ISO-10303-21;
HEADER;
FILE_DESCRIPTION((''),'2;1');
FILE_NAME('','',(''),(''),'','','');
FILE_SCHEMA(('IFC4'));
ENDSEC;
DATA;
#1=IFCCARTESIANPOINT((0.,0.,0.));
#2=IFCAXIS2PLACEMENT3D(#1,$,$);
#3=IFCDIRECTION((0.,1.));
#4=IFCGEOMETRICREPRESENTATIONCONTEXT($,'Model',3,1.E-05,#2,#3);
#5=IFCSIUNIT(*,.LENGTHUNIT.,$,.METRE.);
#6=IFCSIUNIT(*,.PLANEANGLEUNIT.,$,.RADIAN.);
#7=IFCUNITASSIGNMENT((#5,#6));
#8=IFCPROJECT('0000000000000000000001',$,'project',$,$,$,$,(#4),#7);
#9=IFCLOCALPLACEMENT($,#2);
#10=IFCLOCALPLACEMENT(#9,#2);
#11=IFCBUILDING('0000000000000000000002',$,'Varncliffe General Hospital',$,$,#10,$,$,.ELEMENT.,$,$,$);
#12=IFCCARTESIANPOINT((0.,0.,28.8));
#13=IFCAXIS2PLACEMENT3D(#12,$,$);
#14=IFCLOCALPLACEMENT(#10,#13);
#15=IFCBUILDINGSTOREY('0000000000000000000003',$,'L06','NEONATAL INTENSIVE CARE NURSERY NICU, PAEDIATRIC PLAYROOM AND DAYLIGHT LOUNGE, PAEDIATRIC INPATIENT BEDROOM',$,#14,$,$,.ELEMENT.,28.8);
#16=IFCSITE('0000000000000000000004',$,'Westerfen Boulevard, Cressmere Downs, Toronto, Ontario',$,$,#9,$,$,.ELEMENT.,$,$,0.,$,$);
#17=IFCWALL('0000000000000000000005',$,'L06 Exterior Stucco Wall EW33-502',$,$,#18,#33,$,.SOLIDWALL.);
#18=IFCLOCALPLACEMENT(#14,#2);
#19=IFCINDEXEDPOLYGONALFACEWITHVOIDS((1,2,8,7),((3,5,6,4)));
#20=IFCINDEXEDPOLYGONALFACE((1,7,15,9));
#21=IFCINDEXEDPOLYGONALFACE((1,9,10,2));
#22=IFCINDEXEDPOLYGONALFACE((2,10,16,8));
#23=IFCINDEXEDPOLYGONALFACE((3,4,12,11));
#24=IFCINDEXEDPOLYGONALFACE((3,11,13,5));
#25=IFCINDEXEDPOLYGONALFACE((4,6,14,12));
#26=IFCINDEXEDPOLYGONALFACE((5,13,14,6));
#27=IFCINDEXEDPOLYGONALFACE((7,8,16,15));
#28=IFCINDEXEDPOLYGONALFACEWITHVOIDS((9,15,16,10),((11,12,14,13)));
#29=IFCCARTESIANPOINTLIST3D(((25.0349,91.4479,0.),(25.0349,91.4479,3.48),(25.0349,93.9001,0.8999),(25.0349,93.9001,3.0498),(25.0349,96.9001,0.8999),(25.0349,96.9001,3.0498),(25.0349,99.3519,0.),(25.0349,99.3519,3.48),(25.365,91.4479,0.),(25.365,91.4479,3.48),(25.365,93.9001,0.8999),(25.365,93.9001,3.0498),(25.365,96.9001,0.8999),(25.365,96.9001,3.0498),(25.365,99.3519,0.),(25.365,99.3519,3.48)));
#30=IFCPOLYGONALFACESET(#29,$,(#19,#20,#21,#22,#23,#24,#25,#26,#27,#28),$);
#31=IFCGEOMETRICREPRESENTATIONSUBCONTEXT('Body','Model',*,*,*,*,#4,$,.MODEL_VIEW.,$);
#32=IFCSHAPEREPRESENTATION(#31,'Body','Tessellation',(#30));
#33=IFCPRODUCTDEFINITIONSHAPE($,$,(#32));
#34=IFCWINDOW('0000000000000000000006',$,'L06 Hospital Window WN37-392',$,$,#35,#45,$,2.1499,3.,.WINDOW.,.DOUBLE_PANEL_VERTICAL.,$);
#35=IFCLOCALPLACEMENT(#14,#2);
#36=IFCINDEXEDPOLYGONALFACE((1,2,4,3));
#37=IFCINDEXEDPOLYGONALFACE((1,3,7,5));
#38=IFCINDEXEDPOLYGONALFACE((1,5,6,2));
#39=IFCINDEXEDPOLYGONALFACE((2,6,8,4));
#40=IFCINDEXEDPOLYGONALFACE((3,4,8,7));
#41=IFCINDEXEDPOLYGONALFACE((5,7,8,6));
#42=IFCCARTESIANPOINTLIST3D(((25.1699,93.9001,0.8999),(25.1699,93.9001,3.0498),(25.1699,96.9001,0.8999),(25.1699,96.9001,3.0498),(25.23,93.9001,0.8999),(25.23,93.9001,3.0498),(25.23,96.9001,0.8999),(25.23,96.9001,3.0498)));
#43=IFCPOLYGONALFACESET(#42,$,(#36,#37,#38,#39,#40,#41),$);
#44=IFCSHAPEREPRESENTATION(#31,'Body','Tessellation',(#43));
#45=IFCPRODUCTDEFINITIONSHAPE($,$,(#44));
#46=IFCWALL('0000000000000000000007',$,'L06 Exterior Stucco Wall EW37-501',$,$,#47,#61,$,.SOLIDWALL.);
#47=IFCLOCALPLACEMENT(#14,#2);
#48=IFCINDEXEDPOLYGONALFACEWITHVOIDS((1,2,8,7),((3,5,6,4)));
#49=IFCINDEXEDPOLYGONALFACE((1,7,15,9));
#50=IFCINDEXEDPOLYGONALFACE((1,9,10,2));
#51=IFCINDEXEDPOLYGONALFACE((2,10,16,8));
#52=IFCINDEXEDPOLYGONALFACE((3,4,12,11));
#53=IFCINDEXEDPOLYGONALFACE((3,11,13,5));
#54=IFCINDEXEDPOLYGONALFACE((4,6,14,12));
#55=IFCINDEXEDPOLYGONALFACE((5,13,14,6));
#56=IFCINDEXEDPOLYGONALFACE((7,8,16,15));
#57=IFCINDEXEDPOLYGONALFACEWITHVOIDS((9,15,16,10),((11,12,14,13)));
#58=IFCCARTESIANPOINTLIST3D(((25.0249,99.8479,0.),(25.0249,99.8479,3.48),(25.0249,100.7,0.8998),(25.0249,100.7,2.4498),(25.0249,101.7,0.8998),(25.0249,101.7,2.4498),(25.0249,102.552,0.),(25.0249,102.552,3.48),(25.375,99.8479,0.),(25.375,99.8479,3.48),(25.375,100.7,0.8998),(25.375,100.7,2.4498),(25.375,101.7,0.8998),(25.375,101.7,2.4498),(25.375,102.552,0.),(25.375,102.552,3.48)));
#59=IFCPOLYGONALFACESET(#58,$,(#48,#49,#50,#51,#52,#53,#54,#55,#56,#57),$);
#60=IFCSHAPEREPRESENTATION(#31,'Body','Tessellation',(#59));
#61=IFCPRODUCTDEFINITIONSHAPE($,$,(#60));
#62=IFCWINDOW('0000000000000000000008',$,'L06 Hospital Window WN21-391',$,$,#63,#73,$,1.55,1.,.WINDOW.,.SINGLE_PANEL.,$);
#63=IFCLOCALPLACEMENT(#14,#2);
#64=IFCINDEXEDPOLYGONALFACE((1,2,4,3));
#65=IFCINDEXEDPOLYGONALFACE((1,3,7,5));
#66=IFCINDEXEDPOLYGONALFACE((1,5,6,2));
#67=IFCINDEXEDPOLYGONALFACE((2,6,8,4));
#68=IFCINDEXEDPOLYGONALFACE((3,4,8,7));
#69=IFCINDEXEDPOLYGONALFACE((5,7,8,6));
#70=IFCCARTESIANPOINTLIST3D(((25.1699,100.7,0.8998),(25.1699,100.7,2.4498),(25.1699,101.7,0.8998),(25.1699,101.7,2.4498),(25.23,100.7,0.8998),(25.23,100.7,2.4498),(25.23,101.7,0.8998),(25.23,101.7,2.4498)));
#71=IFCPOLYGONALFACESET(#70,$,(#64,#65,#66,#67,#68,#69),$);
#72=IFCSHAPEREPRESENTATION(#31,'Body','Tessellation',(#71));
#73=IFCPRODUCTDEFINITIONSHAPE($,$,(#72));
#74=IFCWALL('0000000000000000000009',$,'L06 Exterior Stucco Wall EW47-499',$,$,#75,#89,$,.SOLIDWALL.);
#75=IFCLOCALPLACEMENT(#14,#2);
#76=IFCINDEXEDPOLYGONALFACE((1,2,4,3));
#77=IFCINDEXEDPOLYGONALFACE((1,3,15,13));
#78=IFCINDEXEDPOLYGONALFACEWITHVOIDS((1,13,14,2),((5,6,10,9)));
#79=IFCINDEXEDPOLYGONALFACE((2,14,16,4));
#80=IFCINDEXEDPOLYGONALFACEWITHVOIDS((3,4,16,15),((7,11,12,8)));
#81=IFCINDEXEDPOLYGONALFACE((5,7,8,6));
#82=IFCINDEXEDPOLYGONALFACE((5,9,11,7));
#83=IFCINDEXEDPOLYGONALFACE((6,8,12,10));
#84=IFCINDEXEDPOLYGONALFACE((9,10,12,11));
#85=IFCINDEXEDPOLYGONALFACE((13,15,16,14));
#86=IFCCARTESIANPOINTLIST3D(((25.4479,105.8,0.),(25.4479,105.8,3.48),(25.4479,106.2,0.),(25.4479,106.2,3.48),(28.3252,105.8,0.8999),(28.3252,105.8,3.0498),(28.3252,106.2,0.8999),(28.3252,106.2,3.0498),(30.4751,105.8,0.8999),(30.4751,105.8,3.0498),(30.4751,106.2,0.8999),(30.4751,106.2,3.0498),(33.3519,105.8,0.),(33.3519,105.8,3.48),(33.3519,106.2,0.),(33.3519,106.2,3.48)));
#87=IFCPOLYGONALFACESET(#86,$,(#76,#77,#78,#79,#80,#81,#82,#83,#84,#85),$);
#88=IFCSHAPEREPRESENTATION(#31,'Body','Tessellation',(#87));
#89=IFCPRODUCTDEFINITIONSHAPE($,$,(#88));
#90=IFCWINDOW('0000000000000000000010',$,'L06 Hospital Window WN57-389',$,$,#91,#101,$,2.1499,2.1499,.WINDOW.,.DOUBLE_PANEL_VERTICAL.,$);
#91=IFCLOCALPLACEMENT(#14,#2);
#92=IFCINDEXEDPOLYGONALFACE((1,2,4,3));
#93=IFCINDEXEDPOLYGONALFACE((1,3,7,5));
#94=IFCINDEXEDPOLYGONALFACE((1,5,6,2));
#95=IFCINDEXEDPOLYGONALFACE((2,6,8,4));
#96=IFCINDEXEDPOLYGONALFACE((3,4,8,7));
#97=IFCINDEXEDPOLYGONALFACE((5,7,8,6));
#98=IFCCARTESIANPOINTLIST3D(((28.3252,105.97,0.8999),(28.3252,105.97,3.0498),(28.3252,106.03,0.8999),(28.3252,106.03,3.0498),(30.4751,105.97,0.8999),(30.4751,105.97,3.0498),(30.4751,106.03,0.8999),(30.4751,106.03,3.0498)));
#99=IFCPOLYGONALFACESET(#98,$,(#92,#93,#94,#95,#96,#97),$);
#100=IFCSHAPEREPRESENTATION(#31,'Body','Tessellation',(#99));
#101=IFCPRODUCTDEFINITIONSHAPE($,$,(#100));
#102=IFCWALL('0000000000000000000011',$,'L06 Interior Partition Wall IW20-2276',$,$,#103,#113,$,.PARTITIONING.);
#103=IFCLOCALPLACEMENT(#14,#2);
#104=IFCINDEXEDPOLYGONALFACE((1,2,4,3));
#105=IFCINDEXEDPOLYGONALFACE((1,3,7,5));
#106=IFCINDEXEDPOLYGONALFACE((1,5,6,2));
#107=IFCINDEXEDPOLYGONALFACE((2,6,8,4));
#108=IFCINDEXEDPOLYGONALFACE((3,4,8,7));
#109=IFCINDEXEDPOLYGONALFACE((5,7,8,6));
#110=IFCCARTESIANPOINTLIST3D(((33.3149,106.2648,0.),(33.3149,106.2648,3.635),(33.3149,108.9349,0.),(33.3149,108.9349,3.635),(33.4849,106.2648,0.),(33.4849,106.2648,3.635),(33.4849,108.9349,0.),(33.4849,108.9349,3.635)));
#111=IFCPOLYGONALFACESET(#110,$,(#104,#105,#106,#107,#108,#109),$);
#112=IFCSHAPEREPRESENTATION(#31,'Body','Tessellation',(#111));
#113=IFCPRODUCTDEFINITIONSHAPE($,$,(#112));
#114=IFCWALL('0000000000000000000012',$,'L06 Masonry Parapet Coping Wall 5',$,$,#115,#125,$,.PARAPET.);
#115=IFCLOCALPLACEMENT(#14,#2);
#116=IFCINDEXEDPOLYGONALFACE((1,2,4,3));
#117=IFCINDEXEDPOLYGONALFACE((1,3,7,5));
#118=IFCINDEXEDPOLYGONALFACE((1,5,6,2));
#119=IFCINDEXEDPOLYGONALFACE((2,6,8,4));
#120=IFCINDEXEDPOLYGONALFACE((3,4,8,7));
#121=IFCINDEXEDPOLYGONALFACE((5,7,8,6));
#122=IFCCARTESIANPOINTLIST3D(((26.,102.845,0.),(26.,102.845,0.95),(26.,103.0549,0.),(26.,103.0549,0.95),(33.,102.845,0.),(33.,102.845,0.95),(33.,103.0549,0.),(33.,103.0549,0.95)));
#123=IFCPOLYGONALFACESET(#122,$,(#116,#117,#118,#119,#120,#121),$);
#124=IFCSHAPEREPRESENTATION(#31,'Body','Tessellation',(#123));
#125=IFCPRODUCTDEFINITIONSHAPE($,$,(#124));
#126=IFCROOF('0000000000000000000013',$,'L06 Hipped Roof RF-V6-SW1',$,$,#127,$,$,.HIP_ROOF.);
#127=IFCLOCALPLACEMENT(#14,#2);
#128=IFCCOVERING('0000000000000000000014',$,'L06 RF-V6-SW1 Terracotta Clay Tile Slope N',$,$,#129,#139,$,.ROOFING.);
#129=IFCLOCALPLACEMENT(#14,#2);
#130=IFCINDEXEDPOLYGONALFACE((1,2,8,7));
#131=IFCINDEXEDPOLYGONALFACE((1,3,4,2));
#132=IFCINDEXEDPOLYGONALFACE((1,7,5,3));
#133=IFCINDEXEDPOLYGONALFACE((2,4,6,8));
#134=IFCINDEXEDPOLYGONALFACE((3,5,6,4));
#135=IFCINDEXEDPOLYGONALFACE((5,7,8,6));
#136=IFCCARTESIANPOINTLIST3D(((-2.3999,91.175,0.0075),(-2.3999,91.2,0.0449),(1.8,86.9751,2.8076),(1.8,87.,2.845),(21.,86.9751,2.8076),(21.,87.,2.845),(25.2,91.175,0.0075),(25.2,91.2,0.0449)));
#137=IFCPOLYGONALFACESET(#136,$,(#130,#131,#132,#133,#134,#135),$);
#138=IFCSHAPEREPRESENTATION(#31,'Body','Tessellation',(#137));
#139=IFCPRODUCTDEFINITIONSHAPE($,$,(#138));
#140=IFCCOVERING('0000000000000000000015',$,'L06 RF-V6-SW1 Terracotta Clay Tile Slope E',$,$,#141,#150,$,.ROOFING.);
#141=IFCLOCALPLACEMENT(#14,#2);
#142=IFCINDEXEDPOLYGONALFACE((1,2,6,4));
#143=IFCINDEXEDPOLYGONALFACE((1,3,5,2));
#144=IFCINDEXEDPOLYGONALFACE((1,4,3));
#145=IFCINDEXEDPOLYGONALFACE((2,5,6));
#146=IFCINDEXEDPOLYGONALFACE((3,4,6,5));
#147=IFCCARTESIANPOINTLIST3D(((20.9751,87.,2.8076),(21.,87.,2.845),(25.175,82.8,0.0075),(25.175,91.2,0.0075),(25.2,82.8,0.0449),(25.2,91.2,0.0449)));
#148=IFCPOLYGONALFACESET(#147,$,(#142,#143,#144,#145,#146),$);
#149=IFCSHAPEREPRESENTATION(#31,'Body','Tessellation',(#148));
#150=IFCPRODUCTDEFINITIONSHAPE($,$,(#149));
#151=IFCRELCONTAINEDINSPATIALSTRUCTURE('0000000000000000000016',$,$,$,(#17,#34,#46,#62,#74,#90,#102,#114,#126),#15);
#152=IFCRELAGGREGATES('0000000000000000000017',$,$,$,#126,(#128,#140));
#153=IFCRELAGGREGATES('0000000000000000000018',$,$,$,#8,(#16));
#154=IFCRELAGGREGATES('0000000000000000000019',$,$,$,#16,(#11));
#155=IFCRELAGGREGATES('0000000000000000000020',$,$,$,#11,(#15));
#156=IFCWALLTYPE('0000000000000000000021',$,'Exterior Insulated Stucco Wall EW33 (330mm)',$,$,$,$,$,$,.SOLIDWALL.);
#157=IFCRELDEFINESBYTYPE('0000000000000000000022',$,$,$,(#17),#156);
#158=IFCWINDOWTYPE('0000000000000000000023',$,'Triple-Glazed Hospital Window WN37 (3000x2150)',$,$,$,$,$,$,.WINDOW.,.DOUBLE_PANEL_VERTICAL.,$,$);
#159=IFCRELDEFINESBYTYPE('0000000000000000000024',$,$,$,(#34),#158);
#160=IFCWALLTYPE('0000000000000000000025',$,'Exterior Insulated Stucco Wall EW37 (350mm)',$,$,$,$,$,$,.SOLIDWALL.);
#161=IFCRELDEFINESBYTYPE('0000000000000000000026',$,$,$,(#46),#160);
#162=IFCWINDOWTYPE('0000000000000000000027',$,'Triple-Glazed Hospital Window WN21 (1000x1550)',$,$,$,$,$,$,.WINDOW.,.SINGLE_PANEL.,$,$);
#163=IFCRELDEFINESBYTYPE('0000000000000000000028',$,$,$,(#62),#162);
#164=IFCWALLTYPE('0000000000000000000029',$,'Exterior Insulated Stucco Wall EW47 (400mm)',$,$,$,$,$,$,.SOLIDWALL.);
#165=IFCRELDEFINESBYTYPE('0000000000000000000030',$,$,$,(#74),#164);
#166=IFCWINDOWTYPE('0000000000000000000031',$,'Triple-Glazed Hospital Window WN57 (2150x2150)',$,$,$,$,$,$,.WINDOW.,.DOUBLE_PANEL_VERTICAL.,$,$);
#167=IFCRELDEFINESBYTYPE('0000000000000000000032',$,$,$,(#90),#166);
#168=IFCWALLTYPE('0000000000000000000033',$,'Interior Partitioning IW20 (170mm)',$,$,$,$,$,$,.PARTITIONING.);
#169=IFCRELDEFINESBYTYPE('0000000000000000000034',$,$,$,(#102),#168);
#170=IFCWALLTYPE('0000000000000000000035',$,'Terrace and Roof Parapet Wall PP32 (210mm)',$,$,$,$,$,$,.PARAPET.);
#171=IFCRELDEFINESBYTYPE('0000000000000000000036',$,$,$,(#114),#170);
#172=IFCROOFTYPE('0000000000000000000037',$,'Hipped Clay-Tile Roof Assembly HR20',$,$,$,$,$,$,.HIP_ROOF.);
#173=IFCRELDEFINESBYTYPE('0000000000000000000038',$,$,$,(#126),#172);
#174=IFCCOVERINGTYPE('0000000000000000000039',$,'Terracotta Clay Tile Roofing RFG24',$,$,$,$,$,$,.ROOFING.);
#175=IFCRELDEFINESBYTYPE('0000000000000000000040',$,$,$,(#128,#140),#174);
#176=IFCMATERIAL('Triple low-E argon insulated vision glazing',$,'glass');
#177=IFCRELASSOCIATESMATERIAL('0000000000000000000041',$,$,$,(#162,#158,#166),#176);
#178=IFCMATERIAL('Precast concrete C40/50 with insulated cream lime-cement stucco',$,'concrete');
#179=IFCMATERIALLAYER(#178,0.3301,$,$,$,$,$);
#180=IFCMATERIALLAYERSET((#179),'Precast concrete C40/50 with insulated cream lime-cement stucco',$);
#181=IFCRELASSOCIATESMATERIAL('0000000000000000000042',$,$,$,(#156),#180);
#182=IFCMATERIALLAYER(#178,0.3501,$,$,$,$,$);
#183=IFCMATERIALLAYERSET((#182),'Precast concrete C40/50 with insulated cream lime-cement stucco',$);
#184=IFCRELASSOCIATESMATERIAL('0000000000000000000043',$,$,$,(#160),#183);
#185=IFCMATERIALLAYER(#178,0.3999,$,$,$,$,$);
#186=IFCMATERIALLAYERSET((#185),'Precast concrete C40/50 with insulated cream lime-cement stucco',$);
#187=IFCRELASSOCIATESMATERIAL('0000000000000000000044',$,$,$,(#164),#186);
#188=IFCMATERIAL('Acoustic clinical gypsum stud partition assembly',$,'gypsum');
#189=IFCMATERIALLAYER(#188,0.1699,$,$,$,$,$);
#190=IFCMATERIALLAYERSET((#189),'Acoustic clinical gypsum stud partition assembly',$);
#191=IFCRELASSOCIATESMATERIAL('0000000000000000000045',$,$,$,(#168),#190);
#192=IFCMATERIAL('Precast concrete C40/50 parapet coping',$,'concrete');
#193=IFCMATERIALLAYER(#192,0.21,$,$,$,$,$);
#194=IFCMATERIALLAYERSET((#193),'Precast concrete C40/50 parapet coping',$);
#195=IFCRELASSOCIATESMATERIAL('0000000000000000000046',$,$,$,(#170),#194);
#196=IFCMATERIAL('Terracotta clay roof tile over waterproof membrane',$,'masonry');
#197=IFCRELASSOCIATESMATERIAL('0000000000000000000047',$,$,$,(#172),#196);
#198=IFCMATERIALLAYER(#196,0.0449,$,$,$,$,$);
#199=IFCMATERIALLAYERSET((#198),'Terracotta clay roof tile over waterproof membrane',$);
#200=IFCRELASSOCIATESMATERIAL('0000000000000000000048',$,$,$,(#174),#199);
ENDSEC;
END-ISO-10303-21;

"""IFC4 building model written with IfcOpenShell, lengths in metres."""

from ifc_helpers import new_model, si_unit, direction, frame, frame_2d, origin, place, context, subcontext, project, spatial, polyline, rectangle, outline, extrude, material, layer, layer_set, type_object, element, fill, aggregate, save


model = new_model("IFC4")

# Units and contexts
model_context = context("Model", 3, precision=1e-05, world=origin(), true_north=direction((0.0, 1.0)))
body_context = subcontext(model_context, "Body", "Model", "MODEL_VIEW")
ifc_project = project(units=[si_unit("LENGTHUNIT", "METRE"), si_unit("PLANEANGLEUNIT", "RADIAN")], contexts=[model_context])

# Site, building, storey
site_placement = place(None, origin())
site = spatial("IfcSite", under=ifc_project, at=site_placement, Name="Westerfen Boulevard, Cressmere Downs, Toronto, Ontario", CompositionType="ELEMENT", RefElevation=0.0)
building_placement = place(site_placement, origin())
building = spatial("IfcBuilding", under=site, at=building_placement, Name="Varncliffe General Hospital", CompositionType="ELEMENT")
storey_placement = place(building_placement, frame((0.0, 0.0, 28.8)))
storey = spatial("IfcBuildingStorey", under=building, at=storey_placement, Name="L06", Description="NEONATAL INTENSIVE CARE NURSERY NICU, PAEDIATRIC PLAYROOM AND DAYLIGHT LOUNGE, PAEDIATRIC INPATIENT BEDROOM", CompositionType="ELEMENT", Elevation=28.8)

# Walls, openings, windows
ifc_material_1 = material(Name="Precast concrete C40/50 with insulated cream lime-cement stucco", Category="concrete")
ifc_material_2 = material(Name="Triple low-E argon insulated vision glazing", Category="glass")
window_type_1 = type_object("IfcWindowType", Name="Triple-Glazed Hospital Window WN21 (1000x1550)", PartitioningType="SINGLE_PANEL", PredefinedType="WINDOW", material=ifc_material_2)
ifc_layer_1 = layer(ifc_material_1, 0.3301)
ifc_layer_set_1 = layer_set([ifc_layer_1], Name="Precast concrete C40/50 with insulated cream lime-cement stucco")
wall_type_1 = type_object("IfcWallType", Name="Exterior Insulated Stucco Wall EW33 (330mm)", PredefinedType="SOLIDWALL", material=ifc_layer_set_1)
wall_1_placement = place(storey_placement, frame((25.2, 99.3521, 0.0), z_axis=(0.0, 0.0, 1.0), x_axis=(0.0, -1.0, 0.0)))
wall_1 = element("IfcWall", 1, at=wall_1_placement, inside=storey, type_object=wall_type_1, Name="L06 Exterior Stucco Wall EW33-502", PredefinedType="SOLIDWALL", context=body_context, shape_type="SweptSolid", body=[
    extrude(rectangle(XDim=7.9041, YDim=0.3301, at=frame_2d((3.9521, 0.0))), origin(), (0.0, 0.0, 1.0), 3.48),
])
opening_1_placement = place(wall_1_placement, frame((2.4519, 0.0, 0.8999)))
opening_1 = element("IfcOpeningElement", 2, at=opening_1_placement, cuts=wall_1, PredefinedType="OPENING", context=body_context, shape_type="SweptSolid", body=[
    extrude(rectangle(XDim=3.0, YDim=2.1499, at=frame_2d((1.5, 1.075))), frame((0.0, 0.175, 0.0), z_axis=(0.0, -1.0, 0.0), x_axis=(1.0, 0.0, 0.0)), (0.0, 0.0, 1.0), 0.3501),
])
window_type_2 = type_object("IfcWindowType", Name="Triple-Glazed Hospital Window WN37 (3000x2150)", PartitioningType="DOUBLE_PANEL_VERTICAL", PredefinedType="WINDOW", material=ifc_material_2)
window_1_placement = place(opening_1_placement, origin())
window_1 = element("IfcWindow", 3, at=window_1_placement, inside=storey, type_object=window_type_2, Name="L06 Hospital Window WN37-392", OverallHeight=2.1499, OverallWidth=3.0, PartitioningType="DOUBLE_PANEL_VERTICAL", PredefinedType="WINDOW", context=body_context, shape_type="SweptSolid", body=[
    extrude(rectangle(XDim=3.0, YDim=2.1499, at=frame_2d((1.5, 1.075))), frame((0.0, 0.03, 0.0), z_axis=(0.0, -1.0, 0.0), x_axis=(1.0, 0.0, 0.0)), (0.0, 0.0, 1.0), 0.0601),
])
fill(opening_1, window_1)
ifc_layer_2 = layer(ifc_material_1, 0.3501)
ifc_layer_set_2 = layer_set([ifc_layer_2], Name="Precast concrete C40/50 with insulated cream lime-cement stucco")
wall_type_2 = type_object("IfcWallType", Name="Exterior Insulated Stucco Wall EW37 (350mm)", PredefinedType="SOLIDWALL", material=ifc_layer_set_2)
wall_2_placement = place(storey_placement, frame((25.2, 102.552, 0.0), z_axis=(0.0, 0.0, 1.0), x_axis=(0.0, -1.0, 0.0)))
wall_2 = element("IfcWall", 4, at=wall_2_placement, inside=storey, type_object=wall_type_2, Name="L06 Exterior Stucco Wall EW37-501", PredefinedType="SOLIDWALL", context=body_context, shape_type="SweptSolid", body=[
    extrude(rectangle(XDim=2.7041, YDim=0.3501, at=frame_2d((1.3521, 0.0))), origin(), (0.0, 0.0, 1.0), 3.48),
])
opening_2_placement = place(wall_2_placement, frame((0.8521, 0.0, 0.8999)))
opening_2 = element("IfcOpeningElement", 5, at=opening_2_placement, cuts=wall_2, PredefinedType="OPENING", context=body_context, shape_type="SweptSolid", body=[
    extrude(rectangle(XDim=1.0, YDim=1.55, at=frame_2d((0.5, 0.7749))), frame((0.0, 0.1851, 0.0), z_axis=(0.0, -1.0, 0.0), x_axis=(1.0, 0.0, 0.0)), (0.0, 0.0, 1.0), 0.3701),
])
window_2_placement = place(opening_2_placement, origin())
window_2 = element("IfcWindow", 6, at=window_2_placement, inside=storey, type_object=window_type_1, Name="L06 Hospital Window WN21-391", OverallHeight=1.55, OverallWidth=1.0, PartitioningType="SINGLE_PANEL", PredefinedType="WINDOW", context=body_context, shape_type="SweptSolid", body=[
    extrude(rectangle(XDim=1.0, YDim=1.55, at=frame_2d((0.5, 0.7749))), frame((0.0, 0.03, 0.0), z_axis=(0.0, -1.0, 0.0), x_axis=(1.0, 0.0, 0.0)), (0.0, 0.0, 1.0), 0.0601),
])
fill(opening_2, window_2)
ifc_layer_3 = layer(ifc_material_1, 0.3999)
ifc_layer_set_3 = layer_set([ifc_layer_3], Name="Precast concrete C40/50 with insulated cream lime-cement stucco")
wall_type_3 = type_object("IfcWallType", Name="Exterior Insulated Stucco Wall EW47 (400mm)", PredefinedType="SOLIDWALL", material=ifc_layer_set_3)
wall_3_placement = place(storey_placement, frame((33.3521, 106.0, 0.0), z_axis=(0.0, 0.0, 1.0), x_axis=(-1.0, 0.0, 0.0)))
wall_3 = element("IfcWall", 7, at=wall_3_placement, inside=storey, type_object=wall_type_3, Name="L06 Exterior Stucco Wall EW47-499", PredefinedType="SOLIDWALL", context=body_context, shape_type="SweptSolid", body=[
    extrude(rectangle(XDim=7.9041, YDim=0.3999, at=frame_2d((3.9521, 0.0))), origin(), (0.0, 0.0, 1.0), 3.48),
])
opening_3_placement = place(wall_3_placement, frame((2.877, 0.0, 0.8999)))
opening_3 = element("IfcOpeningElement", 8, at=opening_3_placement, cuts=wall_3, PredefinedType="OPENING", context=body_context, shape_type="SweptSolid", body=[
    extrude(rectangle(XDim=2.1499, YDim=2.1499, at=frame_2d((1.075, 1.075))), frame((0.0, 0.21, 0.0), z_axis=(0.0, -1.0, 0.0), x_axis=(1.0, 0.0, 0.0)), (0.0, 0.0, 1.0), 0.4199),
])
window_type_3 = type_object("IfcWindowType", Name="Triple-Glazed Hospital Window WN57 (2150x2150)", PartitioningType="DOUBLE_PANEL_VERTICAL", PredefinedType="WINDOW", material=ifc_material_2)
window_3_placement = place(opening_3_placement, origin())
window_3 = element("IfcWindow", 9, at=window_3_placement, inside=storey, type_object=window_type_3, Name="L06 Hospital Window WN57-389", OverallHeight=2.1499, OverallWidth=2.1499, PartitioningType="DOUBLE_PANEL_VERTICAL", PredefinedType="WINDOW", context=body_context, shape_type="SweptSolid", body=[
    extrude(rectangle(XDim=2.1499, YDim=2.1499, at=frame_2d((1.075, 1.075))), frame((0.0, 0.03, 0.0), z_axis=(0.0, -1.0, 0.0), x_axis=(1.0, 0.0, 0.0)), (0.0, 0.0, 1.0), 0.0601),
])
fill(opening_3, window_3)

# Walls
ifc_material_3 = material(Name="Acoustic clinical gypsum stud partition assembly", Category="gypsum")
ifc_layer_4 = layer(ifc_material_3, 0.1699)
ifc_layer_set_4 = layer_set([ifc_layer_4], Name="Acoustic clinical gypsum stud partition assembly")
wall_type_4 = type_object("IfcWallType", Name="Interior Partitioning IW20 (170mm)", PredefinedType="PARTITIONING", material=ifc_layer_set_4)
wall_4_placement = place(storey_placement, frame((33.3999, 106.2649, 0.0), z_axis=(0.0, 0.0, 1.0), x_axis=(0.0, 1.0, 0.0)))
element("IfcWall", 10, at=wall_4_placement, inside=storey, type_object=wall_type_4, Name="L06 Interior Partition Wall IW20-2276", PredefinedType="PARTITIONING", context=body_context, shape_type="SweptSolid", body=[
    extrude(rectangle(XDim=2.6702, YDim=0.1699, at=frame_2d((1.335, 0.0))), origin(), (0.0, 0.0, 1.0), 3.635),
])
ifc_material_4 = material(Name="Precast concrete C40/50 parapet coping", Category="concrete")
ifc_layer_5 = layer(ifc_material_4, 0.21)
ifc_layer_set_5 = layer_set([ifc_layer_5], Name="Precast concrete C40/50 parapet coping")
wall_type_5 = type_object("IfcWallType", Name="Terrace and Roof Parapet Wall PP32 (210mm)", PredefinedType="PARAPET", material=ifc_layer_set_5)
wall_5_placement = place(storey_placement, frame((26.0, 102.95, 0.0), z_axis=(0.0, 0.0, 1.0), x_axis=(1.0, 0.0, 0.0)))
element("IfcWall", 11, at=wall_5_placement, inside=storey, type_object=wall_type_5, Name="L06 Masonry Parapet Coping Wall 5", PredefinedType="PARAPET", context=body_context, shape_type="SweptSolid", body=[
    extrude(rectangle(XDim=7.0, YDim=0.21, at=frame_2d((3.5, 0.0))), origin(), (0.0, 0.0, 1.0), 0.95),
])

# Roof, coverings
ifc_material_5 = material(Name="Terracotta clay roof tile over waterproof membrane", Category="masonry")
roof_type = type_object("IfcRoofType", Name="Hipped Clay-Tile Roof Assembly HR20", PredefinedType="HIP_ROOF", material=ifc_material_5)
roof_placement = place(storey_placement, origin())
roof = element("IfcRoof", 12, at=roof_placement, inside=storey, type_object=roof_type, Name="L06 Hipped Roof RF-V6-SW1", PredefinedType="HIP_ROOF")
ifc_layer_6 = layer(ifc_material_5, 0.0449)
ifc_layer_set_6 = layer_set([ifc_layer_6], Name="Terracotta clay roof tile over waterproof membrane")
covering_type = type_object("IfcCoveringType", Name="Terracotta Clay Tile Roofing RFG24", PredefinedType="ROOFING", material=ifc_layer_set_6)
covering_1_placement = place(storey_placement, frame((25.2, 91.2, 0.0449), z_axis=(0.0, 0.554711, 0.832043), x_axis=(-1.0, 0.0, 0.0)))
covering_1 = element("IfcCovering", 13, at=covering_1_placement, type_object=covering_type, Name="L06 RF-V6-SW1 Terracotta Clay Tile Slope N", PredefinedType="ROOFING", context=body_context, shape_type="SweptSolid", body=[
    extrude(outline(polyline([(0.0, 0.0), (27.5999, 0.0), (23.3999, 5.0478), (4.2, 5.0478), (0.0, 0.0)])), origin(), (0.0, 0.0, -1.0), 0.0449),
])
covering_2_placement = place(storey_placement, frame((25.2, 82.8, 0.0449), z_axis=(0.554711, 0.0, 0.832043), x_axis=(0.0, 1.0, 0.0)))
covering_2 = element("IfcCovering", 14, at=covering_2_placement, type_object=covering_type, Name="L06 RF-V6-SW1 Terracotta Clay Tile Slope E", PredefinedType="ROOFING", context=body_context, shape_type="SweptSolid", body=[
    extrude(outline(polyline([(0.0, 0.0), (8.3999, 0.0), (4.2, 5.0478), (0.0, 0.0)])), origin(), (0.0, 0.0, -1.0), 0.0449),
])
aggregate(roof, [covering_1, covering_2])

save(model, "model.ifc")
